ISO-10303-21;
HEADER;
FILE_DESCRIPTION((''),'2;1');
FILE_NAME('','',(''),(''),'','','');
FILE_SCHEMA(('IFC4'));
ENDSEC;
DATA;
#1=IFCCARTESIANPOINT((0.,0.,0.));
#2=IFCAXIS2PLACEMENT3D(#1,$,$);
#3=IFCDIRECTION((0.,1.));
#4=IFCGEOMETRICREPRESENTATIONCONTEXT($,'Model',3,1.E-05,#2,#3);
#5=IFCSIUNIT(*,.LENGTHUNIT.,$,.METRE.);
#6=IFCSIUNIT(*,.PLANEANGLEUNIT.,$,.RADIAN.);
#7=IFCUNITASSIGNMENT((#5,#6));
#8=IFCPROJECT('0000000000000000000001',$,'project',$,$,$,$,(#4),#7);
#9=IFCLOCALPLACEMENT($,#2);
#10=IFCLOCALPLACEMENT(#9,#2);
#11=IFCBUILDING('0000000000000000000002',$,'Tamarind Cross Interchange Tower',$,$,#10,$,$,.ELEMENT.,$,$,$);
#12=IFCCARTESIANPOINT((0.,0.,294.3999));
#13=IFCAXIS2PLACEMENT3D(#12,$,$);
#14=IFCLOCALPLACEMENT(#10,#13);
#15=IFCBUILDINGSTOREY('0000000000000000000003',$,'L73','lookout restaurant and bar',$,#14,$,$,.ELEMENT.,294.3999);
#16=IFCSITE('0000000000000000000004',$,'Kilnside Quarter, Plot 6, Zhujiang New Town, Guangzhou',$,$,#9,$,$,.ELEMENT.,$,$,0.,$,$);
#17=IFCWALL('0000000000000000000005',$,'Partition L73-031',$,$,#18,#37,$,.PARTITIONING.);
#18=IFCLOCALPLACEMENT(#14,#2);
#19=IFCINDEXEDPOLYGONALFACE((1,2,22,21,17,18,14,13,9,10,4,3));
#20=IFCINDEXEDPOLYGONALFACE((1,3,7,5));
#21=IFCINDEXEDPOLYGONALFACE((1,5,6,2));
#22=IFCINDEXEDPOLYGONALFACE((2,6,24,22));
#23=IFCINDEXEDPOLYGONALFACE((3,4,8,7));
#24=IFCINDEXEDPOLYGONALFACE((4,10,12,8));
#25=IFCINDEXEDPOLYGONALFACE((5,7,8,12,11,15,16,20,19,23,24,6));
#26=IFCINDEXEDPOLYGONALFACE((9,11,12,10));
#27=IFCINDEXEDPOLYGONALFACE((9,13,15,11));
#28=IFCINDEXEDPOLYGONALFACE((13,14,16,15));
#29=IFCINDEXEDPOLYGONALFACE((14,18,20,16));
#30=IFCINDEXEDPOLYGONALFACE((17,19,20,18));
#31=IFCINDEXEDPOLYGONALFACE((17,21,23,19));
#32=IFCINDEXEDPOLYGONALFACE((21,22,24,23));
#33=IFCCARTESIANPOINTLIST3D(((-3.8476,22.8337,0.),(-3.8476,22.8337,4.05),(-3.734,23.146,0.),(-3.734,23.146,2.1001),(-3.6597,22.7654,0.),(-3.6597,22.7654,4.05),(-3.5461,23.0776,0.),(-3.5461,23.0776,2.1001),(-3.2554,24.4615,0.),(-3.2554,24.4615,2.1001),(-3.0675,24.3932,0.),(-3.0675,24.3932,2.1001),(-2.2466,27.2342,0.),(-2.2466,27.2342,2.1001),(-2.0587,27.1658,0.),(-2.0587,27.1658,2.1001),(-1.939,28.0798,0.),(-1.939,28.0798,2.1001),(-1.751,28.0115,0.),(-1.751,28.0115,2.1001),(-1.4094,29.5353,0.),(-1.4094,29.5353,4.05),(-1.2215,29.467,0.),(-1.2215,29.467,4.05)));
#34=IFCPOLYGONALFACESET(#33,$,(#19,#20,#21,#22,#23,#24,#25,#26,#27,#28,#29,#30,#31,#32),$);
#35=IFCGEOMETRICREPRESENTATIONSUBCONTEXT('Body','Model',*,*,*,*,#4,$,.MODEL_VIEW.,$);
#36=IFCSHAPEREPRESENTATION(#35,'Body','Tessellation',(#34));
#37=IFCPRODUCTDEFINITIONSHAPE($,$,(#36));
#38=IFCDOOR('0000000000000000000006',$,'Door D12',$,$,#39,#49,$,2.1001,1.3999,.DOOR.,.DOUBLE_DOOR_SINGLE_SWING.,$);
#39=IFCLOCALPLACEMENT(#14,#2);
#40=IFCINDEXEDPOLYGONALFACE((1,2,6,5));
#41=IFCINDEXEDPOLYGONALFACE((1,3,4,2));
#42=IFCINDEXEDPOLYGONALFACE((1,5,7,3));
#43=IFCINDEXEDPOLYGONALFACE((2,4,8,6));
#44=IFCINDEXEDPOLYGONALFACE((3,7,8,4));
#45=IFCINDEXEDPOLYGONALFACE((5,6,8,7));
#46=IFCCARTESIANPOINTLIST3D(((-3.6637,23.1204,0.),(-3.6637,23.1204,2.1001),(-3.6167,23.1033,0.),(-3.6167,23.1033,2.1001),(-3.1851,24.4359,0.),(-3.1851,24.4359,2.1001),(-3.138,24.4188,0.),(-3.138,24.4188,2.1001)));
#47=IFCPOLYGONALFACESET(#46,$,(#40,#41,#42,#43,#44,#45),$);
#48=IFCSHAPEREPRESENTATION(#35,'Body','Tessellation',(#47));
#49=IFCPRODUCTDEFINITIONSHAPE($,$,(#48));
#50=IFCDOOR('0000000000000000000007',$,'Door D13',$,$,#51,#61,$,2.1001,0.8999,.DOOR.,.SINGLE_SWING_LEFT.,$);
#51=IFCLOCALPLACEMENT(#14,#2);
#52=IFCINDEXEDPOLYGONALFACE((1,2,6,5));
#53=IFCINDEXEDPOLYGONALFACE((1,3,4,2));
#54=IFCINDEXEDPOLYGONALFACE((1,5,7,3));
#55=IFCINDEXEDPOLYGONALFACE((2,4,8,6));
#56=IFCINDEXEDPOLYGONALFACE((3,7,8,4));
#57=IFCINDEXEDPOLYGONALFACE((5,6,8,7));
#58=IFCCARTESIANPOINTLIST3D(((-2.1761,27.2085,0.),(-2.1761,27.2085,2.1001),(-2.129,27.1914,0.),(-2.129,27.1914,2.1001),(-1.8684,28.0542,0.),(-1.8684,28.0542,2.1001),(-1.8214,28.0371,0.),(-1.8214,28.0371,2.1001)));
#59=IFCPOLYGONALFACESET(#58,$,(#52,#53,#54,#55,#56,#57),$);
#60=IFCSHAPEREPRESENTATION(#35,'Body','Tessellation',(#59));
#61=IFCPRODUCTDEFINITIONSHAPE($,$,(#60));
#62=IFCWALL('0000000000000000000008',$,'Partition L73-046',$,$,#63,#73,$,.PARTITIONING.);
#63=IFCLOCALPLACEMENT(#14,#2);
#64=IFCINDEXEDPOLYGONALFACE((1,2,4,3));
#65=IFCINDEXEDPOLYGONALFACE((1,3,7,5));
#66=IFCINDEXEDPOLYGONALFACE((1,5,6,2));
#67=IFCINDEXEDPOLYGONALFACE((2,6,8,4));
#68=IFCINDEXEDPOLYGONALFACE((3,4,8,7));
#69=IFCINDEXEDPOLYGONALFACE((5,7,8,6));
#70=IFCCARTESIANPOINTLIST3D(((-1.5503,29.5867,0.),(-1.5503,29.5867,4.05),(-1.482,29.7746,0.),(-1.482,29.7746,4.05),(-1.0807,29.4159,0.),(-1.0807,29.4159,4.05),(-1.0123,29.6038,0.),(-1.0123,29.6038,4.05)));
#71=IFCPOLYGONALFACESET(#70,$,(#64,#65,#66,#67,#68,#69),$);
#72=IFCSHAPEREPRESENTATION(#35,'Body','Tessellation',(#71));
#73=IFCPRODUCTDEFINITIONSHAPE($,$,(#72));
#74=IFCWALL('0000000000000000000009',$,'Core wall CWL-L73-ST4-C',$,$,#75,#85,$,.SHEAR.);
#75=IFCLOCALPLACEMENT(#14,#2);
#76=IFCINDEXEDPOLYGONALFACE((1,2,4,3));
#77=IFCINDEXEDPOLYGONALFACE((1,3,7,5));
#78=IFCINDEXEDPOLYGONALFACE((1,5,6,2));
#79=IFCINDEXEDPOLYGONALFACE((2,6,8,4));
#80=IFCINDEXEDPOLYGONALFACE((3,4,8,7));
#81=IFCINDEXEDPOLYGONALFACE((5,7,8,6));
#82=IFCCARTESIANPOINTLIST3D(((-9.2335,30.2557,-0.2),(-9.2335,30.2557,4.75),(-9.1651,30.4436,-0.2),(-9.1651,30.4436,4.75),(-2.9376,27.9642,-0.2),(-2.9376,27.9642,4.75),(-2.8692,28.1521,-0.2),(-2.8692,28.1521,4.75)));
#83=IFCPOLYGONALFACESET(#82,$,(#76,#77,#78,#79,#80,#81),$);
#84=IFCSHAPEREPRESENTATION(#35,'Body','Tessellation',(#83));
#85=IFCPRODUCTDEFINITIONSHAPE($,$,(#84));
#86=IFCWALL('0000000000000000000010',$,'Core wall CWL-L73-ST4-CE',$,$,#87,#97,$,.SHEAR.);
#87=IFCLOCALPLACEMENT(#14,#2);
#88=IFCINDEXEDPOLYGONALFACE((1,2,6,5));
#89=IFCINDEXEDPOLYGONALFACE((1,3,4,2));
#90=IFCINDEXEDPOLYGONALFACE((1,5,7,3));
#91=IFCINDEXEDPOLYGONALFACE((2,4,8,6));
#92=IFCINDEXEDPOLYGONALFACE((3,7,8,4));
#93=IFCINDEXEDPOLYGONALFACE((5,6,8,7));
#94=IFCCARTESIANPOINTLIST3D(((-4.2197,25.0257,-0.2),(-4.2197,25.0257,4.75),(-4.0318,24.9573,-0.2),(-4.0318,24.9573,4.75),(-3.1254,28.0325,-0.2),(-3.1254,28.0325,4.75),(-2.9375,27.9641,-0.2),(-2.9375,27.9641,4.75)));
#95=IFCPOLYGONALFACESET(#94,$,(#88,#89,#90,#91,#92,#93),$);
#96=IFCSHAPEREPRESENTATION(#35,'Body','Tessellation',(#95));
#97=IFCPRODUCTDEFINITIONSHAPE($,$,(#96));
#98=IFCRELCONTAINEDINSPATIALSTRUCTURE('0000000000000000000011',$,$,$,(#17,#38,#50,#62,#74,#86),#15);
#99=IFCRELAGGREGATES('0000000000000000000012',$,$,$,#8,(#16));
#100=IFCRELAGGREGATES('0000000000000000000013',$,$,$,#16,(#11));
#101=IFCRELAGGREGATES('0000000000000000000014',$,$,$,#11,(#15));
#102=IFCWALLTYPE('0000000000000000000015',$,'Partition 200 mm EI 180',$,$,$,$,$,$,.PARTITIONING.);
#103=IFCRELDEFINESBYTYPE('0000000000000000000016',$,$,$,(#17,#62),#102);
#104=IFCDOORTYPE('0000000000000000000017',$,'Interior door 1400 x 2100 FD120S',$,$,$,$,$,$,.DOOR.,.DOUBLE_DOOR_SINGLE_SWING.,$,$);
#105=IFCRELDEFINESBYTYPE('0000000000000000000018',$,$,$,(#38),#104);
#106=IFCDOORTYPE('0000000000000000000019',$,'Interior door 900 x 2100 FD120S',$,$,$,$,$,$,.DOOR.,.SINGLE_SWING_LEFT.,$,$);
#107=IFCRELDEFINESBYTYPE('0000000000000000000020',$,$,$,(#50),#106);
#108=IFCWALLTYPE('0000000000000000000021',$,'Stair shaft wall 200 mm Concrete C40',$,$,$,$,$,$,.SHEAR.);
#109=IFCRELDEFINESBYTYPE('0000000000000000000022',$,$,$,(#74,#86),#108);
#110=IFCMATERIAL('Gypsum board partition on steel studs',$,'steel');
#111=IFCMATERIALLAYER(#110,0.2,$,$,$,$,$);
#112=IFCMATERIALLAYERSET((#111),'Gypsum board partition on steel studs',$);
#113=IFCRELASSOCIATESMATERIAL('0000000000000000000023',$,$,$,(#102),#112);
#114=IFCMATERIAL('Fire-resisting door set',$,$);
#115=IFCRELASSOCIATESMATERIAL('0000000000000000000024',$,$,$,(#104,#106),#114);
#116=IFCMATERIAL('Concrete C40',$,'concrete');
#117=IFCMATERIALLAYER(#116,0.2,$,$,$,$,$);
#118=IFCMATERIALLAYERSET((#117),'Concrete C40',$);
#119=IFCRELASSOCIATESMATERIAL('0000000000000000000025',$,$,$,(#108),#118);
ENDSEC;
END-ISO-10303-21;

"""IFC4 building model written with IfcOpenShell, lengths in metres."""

from ifc_helpers import new_model, si_unit, direction, frame, frame_2d, origin, place, context, subcontext, project, spatial, rectangle, extrude, material, layer, layer_set, type_object, element, fill, save


model = new_model("IFC4")

# Units and contexts
model_context = context("Model", 3, precision=1e-05, world=origin(), true_north=direction((0.0, 1.0)))
body_context = subcontext(model_context, "Body", "Model", "MODEL_VIEW")
ifc_project = project(units=[si_unit("LENGTHUNIT", "METRE"), si_unit("PLANEANGLEUNIT", "RADIAN")], contexts=[model_context])

# Site, building, storey
site_placement = place(None, origin())
site = spatial("IfcSite", under=ifc_project, at=site_placement, Name="Kilnside Quarter, Plot 6, Zhujiang New Town, Guangzhou", CompositionType="ELEMENT", RefElevation=0.0)
building_placement = place(site_placement, origin())
building = spatial("IfcBuilding", under=site, at=building_placement, Name="Tamarind Cross Interchange Tower", CompositionType="ELEMENT")
storey_placement = place(building_placement, frame((0.0, 0.0, 294.3999)))
storey = spatial("IfcBuildingStorey", under=building, at=storey_placement, Name="L73", Description="lookout restaurant and bar", CompositionType="ELEMENT", Elevation=294.3999)

# Shared definitions
ifc_material_1 = material(Name="Gypsum board partition on steel studs", Category="steel")
ifc_material_2 = material(Name="Fire-resisting door set")

# Wall, openings, doors
ifc_layer_1 = layer(ifc_material_1, 0.2)
ifc_layer_set_1 = layer_set([ifc_layer_1], Name="Gypsum board partition on steel studs")
wall_type_1 = type_object("IfcWallType", Name="Partition 200 mm EI 180", PredefinedType="PARTITIONING", material=ifc_layer_set_1)
wall_1_placement = place(storey_placement, frame((-3.7537, 22.7996, 0.0), z_axis=(0.0, 0.0, 1.0), x_axis=(0.3419, 0.939736, 0.0)))
wall_1 = element("IfcWall", 1, at=wall_1_placement, inside=storey, type_object=wall_type_1, Name="Partition L73-031", PredefinedType="PARTITIONING", context=body_context, shape_type="SweptSolid", body=[
    extrude(rectangle(XDim=7.1313, YDim=0.2, at=frame_2d((3.5657, 0.0))), origin(), (0.0, 0.0, 1.0), 4.05),
])
opening_1_placement = place(wall_1_placement, frame((0.3323, 0.0, 0.0)))
opening_1 = element("IfcOpeningElement", 2, at=opening_1_placement, cuts=wall_1, PredefinedType="OPENING", context=body_context, shape_type="SweptSolid", body=[
    extrude(rectangle(XDim=1.3999, YDim=2.1001, at=frame_2d((0.7, 1.05))), frame((0.0, 0.1099, 0.0), z_axis=(0.0, -1.0, 0.0), x_axis=(1.0, 0.0, 0.0)), (0.0, 0.0, 1.0), 0.22),
])
opening_2_placement = place(wall_1_placement, frame((4.6826, 0.0, 0.0)))
opening_2 = element("IfcOpeningElement", 3, at=opening_2_placement, cuts=wall_1, PredefinedType="OPENING", context=body_context, shape_type="SweptSolid", body=[
    extrude(rectangle(XDim=0.8999, YDim=2.1001, at=frame_2d((0.45, 1.05))), frame((0.0, 0.1099, 0.0), z_axis=(0.0, -1.0, 0.0), x_axis=(1.0, 0.0, 0.0)), (0.0, 0.0, 1.0), 0.22),
])
door_type_1 = type_object("IfcDoorType", Name="Interior door 1400 x 2100 FD120S", OperationType="DOUBLE_DOOR_SINGLE_SWING", PredefinedType="DOOR", material=ifc_material_2)
door_1_placement = place(opening_1_placement, frame((1.3999, 0.0, 0.0), z_axis=(0.0, 0.0, 1.0), x_axis=(-1.0, 0.0, 0.0)))
door_1 = element("IfcDoor", 4, at=door_1_placement, inside=storey, type_object=door_type_1, Name="Door D12", OperationType="DOUBLE_DOOR_SINGLE_SWING", OverallHeight=2.1001, OverallWidth=1.3999, PredefinedType="DOOR", context=body_context, shape_type="SweptSolid", body=[
    extrude(rectangle(XDim=1.3999, YDim=2.1001, at=frame_2d((0.7, 1.05))), frame((0.0, 0.0249, 0.0), z_axis=(0.0, -1.0, 0.0), x_axis=(1.0, 0.0, 0.0)), (0.0, 0.0, 1.0), 0.05),
])
fill(opening_1, door_1)
door_type_2 = type_object("IfcDoorType", Name="Interior door 900 x 2100 FD120S", OperationType="SINGLE_SWING_LEFT", PredefinedType="DOOR", material=ifc_material_2)
door_2_placement = place(opening_2_placement, origin())
door_2 = element("IfcDoor", 5, at=door_2_placement, inside=storey, type_object=door_type_2, Name="Door D13", OperationType="SINGLE_SWING_LEFT", OverallHeight=2.1001, OverallWidth=0.8999, PredefinedType="DOOR", context=body_context, shape_type="SweptSolid", body=[
    extrude(rectangle(XDim=0.8999, YDim=2.1001, at=frame_2d((0.45, 1.05))), frame((0.0, 0.0249, 0.0), z_axis=(0.0, -1.0, 0.0), x_axis=(1.0, 0.0, 0.0)), (0.0, 0.0, 1.0), 0.05),
])
fill(opening_2, door_2)

# Walls
wall_2_placement = place(storey_placement, frame((-1.0464, 29.5098, 0.0), z_axis=(0.0, 0.0, 1.0), x_axis=(-0.939736, 0.3419, 0.0)))
element("IfcWall", 6, at=wall_2_placement, inside=storey, type_object=wall_type_1, Name="Partition L73-046", PredefinedType="PARTITIONING", context=body_context, shape_type="SweptSolid", body=[
    extrude(rectangle(XDim=0.4998, YDim=0.2, at=frame_2d((0.25, 0.0))), origin(), (0.0, 0.0, 1.0), 4.05),
])
ifc_material_3 = material(Name="Concrete C40", Category="concrete")
ifc_layer_2 = layer(ifc_material_3, 0.2)
ifc_layer_set_2 = layer_set([ifc_layer_2], Name="Concrete C40")
wall_type_2 = type_object("IfcWallType", Name="Stair shaft wall 200 mm Concrete C40", PredefinedType="SHEAR", material=ifc_layer_set_2)
wall_3_placement = place(storey_placement, frame((-2.9033, 28.0581, -0.2), z_axis=(0.0, 0.0, 1.0), x_axis=(-0.939693, 0.342018, 0.0)))
element("IfcWall", 7, at=wall_3_placement, inside=storey, type_object=wall_type_2, Name="Core wall CWL-L73-ST4-C", PredefinedType="SHEAR", context=body_context, shape_type="SweptSolid", body=[
    extrude(rectangle(XDim=6.7, YDim=0.2, at=frame_2d((3.3501, 0.0))), origin(), (0.0, 0.0, 1.0), 4.95),
])
wall_4_placement = place(storey_placement, frame((-3.0315, 27.9983, -0.2), z_axis=(0.0, 0.0, 1.0), x_axis=(-0.341976, -0.939709, 0.0)))
element("IfcWall", 8, at=wall_4_placement, inside=storey, type_object=wall_type_2, Name="Core wall CWL-L73-ST4-CE", PredefinedType="SHEAR", context=body_context, shape_type="SweptSolid", body=[
    extrude(rectangle(XDim=3.1997, YDim=0.2, at=frame_2d((1.5999, 0.0))), origin(), (0.0, 0.0, 1.0), 4.95),
])

save(model, "model.ifc")
